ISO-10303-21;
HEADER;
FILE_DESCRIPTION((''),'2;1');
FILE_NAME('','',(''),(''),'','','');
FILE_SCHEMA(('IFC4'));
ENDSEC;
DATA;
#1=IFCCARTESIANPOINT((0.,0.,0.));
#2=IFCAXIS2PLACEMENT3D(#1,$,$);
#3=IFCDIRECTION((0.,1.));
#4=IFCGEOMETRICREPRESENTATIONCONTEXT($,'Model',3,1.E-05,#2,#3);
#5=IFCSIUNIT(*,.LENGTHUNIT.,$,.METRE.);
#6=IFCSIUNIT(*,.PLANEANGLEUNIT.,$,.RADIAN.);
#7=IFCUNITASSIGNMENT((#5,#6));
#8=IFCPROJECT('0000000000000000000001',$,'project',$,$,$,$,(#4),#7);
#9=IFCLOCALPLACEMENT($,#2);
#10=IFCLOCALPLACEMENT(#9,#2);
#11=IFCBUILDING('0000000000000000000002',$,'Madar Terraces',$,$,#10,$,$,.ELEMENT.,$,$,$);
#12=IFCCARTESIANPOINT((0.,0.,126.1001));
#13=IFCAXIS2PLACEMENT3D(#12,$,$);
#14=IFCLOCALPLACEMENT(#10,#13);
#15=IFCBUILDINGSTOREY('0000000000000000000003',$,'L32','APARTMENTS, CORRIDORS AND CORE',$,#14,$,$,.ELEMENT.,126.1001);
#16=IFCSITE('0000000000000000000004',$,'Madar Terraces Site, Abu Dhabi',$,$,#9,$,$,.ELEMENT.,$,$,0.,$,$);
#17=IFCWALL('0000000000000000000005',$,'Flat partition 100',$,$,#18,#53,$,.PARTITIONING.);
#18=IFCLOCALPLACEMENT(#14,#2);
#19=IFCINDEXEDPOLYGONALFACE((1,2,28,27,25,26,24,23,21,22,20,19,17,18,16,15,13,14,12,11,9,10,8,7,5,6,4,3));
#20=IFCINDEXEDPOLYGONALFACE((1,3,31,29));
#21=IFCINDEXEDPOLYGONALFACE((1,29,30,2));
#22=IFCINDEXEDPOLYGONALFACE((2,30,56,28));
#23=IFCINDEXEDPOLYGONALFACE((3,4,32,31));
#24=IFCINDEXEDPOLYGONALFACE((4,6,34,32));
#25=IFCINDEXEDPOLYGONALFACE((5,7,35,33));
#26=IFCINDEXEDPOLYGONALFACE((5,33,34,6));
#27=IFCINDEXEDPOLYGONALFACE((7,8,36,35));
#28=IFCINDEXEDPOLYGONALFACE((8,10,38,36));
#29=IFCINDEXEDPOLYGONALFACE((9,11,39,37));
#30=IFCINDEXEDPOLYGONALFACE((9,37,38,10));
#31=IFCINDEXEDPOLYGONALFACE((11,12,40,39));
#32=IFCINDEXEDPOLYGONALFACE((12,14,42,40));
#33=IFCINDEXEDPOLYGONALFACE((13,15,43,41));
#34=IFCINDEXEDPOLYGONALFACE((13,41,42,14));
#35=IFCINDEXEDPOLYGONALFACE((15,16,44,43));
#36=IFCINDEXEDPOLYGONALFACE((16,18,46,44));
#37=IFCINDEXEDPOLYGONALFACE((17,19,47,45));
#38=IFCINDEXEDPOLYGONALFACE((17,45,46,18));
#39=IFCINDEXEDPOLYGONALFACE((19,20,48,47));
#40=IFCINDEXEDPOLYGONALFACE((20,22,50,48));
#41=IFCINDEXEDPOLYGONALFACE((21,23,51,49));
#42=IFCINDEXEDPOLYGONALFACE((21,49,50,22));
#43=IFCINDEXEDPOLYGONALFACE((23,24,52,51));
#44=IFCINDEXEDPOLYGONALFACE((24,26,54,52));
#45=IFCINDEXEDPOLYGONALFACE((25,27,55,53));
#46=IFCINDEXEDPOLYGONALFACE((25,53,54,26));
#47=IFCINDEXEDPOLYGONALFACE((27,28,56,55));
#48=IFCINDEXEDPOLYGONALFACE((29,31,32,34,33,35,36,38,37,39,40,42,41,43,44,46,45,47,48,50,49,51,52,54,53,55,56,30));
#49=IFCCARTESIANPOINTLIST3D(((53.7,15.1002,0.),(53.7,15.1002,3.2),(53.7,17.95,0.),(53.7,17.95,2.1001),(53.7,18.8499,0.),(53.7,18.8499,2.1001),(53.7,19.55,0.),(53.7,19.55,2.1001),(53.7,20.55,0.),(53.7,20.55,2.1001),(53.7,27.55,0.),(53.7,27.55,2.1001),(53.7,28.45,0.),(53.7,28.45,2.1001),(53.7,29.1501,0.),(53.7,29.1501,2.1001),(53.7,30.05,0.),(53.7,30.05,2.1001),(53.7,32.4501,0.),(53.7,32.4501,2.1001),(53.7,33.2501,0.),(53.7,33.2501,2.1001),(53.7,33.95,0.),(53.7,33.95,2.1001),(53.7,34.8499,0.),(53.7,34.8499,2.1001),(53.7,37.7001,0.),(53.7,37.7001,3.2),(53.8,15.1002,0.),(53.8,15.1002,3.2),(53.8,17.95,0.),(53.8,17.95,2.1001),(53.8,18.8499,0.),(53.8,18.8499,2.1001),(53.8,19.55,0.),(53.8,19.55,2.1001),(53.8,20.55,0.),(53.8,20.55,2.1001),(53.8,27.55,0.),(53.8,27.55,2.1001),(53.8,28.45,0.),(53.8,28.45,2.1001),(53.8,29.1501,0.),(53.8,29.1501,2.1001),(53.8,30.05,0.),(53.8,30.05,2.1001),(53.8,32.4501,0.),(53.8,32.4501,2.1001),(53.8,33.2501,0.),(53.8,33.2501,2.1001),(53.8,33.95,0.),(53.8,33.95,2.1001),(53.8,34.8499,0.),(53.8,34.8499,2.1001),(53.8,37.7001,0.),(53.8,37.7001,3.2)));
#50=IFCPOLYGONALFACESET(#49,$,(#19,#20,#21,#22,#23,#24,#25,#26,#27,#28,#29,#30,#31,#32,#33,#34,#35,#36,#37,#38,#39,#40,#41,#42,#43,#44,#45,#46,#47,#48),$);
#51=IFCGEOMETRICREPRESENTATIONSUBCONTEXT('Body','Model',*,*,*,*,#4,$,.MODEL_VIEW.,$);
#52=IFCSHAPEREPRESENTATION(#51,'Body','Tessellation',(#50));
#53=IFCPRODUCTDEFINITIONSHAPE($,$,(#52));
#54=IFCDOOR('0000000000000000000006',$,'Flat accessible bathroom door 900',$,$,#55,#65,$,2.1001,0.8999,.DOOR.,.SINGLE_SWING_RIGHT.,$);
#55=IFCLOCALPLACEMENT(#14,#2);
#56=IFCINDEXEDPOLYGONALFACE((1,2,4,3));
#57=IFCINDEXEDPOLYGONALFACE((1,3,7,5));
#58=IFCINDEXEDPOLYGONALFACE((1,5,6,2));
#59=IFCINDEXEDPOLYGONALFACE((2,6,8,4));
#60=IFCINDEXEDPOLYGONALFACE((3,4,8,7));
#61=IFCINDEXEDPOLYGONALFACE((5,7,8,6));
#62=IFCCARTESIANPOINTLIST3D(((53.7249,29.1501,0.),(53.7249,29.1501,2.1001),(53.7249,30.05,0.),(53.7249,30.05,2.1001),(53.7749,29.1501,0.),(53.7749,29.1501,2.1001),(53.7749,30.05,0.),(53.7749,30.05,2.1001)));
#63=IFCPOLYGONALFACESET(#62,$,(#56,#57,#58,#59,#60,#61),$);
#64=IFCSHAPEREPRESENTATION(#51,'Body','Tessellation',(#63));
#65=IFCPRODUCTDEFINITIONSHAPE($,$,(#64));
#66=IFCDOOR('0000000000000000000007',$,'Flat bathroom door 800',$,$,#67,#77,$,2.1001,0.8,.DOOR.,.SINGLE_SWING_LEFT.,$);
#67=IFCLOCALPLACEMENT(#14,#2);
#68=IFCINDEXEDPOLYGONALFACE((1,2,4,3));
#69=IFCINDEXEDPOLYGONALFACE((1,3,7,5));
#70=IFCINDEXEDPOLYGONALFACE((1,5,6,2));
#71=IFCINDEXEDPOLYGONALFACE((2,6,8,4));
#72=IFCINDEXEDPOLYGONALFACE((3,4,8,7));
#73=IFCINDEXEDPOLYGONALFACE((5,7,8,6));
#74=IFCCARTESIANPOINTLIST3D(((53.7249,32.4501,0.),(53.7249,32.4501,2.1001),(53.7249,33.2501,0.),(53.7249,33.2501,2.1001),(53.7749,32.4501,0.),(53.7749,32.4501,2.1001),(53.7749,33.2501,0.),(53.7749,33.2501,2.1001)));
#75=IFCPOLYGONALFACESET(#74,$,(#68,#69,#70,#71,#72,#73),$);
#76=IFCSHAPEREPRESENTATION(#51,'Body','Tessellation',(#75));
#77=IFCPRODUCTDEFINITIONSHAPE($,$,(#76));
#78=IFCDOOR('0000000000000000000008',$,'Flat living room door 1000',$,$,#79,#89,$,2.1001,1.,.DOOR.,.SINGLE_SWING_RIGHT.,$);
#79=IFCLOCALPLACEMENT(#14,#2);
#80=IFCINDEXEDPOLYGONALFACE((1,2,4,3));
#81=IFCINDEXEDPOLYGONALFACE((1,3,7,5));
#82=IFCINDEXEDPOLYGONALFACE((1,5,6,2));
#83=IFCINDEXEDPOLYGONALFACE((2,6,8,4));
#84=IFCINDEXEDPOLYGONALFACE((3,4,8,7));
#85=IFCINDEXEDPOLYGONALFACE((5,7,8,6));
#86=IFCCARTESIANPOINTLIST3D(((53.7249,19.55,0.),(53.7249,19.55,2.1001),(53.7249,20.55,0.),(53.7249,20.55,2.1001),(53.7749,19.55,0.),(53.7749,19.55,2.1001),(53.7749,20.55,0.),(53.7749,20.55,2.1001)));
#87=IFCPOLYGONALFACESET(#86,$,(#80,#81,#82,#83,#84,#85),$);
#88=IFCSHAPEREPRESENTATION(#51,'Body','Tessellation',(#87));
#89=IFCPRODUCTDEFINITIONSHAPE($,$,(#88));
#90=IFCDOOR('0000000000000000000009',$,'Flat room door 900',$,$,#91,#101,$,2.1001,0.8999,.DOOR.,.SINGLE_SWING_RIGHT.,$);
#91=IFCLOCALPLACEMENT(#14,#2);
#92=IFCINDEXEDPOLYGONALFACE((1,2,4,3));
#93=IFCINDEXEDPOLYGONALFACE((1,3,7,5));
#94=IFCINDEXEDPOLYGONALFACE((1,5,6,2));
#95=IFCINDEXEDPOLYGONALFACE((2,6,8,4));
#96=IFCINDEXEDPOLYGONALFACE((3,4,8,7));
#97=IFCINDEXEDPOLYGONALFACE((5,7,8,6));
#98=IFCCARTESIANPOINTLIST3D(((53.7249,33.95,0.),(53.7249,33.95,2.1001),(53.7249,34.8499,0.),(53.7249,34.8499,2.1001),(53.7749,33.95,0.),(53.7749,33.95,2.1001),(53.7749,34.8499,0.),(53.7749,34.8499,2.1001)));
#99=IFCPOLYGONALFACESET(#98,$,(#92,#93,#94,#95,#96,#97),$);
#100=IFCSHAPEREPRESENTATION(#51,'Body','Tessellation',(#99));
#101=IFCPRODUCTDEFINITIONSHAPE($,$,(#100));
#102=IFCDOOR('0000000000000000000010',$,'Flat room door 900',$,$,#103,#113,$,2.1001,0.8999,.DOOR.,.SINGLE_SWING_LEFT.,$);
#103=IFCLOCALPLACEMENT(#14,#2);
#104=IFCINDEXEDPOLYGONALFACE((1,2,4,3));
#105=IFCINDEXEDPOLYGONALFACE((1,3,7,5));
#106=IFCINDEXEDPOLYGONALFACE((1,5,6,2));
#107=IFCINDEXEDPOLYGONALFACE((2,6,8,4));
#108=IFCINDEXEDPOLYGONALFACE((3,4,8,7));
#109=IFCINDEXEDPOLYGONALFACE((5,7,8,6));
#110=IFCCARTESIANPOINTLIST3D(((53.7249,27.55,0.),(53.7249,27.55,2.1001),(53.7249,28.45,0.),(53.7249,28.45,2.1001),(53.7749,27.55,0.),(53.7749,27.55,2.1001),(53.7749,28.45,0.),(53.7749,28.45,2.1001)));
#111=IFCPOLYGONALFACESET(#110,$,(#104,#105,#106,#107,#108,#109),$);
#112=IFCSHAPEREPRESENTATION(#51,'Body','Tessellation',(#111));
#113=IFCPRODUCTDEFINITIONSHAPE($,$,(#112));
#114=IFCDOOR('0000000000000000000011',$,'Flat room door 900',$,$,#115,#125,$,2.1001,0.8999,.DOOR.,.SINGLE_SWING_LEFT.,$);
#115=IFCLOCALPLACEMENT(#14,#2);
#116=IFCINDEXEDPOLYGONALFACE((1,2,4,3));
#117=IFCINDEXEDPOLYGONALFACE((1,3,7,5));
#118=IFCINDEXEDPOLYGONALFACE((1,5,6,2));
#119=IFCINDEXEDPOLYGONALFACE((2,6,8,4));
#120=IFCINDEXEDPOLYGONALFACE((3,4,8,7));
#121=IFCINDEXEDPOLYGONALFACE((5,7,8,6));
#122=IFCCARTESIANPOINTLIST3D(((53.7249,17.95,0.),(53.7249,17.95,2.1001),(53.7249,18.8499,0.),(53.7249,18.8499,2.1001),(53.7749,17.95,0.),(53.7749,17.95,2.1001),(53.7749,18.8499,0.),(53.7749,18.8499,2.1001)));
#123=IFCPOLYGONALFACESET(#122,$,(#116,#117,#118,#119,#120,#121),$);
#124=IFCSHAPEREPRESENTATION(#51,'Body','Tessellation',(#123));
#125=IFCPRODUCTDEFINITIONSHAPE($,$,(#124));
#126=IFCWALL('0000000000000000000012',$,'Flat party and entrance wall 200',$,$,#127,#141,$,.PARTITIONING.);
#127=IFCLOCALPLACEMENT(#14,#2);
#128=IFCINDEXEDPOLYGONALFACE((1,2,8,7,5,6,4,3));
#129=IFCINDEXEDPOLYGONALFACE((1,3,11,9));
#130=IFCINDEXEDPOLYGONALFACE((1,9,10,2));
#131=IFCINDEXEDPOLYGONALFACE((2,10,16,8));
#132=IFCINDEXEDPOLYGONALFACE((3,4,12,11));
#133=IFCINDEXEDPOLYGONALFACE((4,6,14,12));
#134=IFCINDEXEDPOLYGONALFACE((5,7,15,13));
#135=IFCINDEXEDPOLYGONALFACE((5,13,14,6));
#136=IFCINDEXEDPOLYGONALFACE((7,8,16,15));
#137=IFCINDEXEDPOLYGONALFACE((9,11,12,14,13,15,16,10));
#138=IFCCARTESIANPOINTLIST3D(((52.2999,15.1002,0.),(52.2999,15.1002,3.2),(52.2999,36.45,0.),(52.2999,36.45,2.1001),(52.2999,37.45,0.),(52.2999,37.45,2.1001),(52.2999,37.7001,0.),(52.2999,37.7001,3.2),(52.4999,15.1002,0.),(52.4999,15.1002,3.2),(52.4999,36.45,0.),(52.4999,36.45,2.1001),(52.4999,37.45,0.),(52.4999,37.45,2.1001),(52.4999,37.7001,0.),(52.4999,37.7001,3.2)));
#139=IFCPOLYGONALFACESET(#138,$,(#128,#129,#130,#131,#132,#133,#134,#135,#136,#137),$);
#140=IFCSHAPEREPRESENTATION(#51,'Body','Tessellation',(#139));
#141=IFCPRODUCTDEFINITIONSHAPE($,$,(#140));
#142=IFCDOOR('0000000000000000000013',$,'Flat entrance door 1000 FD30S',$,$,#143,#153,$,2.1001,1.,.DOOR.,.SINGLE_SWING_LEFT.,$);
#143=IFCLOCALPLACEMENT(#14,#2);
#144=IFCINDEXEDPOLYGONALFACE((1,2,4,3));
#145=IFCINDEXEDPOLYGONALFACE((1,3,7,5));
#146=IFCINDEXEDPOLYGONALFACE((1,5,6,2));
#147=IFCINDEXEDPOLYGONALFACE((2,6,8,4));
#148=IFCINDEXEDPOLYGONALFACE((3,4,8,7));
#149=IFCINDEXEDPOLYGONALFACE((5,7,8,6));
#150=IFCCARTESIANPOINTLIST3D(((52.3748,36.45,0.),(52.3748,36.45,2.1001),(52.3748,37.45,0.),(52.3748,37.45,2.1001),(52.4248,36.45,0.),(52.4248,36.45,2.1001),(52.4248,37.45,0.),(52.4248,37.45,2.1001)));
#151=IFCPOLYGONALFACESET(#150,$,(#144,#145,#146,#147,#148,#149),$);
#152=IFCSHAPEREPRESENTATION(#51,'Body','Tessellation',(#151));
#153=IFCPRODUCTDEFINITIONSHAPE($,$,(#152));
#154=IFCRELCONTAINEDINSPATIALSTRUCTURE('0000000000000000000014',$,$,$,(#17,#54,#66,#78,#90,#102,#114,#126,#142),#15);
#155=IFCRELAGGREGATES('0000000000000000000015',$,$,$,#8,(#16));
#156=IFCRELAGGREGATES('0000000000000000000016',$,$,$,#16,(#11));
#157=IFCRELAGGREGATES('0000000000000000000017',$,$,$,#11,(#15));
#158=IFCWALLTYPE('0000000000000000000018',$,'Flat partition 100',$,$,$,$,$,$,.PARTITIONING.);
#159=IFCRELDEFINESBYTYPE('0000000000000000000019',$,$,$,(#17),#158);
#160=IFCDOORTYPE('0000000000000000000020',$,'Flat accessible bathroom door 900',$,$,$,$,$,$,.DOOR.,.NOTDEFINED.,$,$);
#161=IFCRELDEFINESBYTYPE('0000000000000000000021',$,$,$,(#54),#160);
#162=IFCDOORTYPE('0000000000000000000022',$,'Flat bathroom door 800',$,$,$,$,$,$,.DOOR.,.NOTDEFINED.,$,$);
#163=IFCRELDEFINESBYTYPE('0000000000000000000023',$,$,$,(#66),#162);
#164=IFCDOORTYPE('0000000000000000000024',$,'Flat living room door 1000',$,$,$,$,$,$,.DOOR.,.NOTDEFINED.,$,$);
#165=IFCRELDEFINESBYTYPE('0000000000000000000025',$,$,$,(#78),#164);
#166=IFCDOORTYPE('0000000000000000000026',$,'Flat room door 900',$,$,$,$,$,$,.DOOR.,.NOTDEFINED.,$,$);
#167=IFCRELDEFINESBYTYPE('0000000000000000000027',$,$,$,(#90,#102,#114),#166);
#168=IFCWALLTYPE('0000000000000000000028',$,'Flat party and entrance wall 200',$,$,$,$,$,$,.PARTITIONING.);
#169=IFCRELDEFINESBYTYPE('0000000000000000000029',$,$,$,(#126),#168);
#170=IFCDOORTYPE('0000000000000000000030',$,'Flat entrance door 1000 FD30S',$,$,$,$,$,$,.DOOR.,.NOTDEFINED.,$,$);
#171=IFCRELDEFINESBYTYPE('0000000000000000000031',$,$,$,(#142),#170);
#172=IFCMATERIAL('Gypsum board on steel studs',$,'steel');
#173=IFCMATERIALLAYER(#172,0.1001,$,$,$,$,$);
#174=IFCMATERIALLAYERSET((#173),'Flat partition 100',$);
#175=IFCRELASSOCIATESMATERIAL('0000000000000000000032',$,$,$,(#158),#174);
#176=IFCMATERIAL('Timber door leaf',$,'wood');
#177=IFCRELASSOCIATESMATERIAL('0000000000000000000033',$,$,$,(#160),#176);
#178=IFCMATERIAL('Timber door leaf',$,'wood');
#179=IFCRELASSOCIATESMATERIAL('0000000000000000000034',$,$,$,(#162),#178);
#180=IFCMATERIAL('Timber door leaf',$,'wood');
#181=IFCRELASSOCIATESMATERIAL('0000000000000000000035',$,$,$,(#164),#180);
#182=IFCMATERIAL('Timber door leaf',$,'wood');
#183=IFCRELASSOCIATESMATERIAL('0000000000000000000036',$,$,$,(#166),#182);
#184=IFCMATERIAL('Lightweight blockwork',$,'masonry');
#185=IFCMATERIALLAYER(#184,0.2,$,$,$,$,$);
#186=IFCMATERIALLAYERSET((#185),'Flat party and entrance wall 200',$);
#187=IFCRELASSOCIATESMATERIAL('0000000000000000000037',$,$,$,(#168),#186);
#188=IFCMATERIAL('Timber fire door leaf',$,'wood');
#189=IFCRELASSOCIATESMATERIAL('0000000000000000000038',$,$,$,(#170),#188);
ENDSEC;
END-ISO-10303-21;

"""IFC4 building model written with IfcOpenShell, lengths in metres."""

from ifc_helpers import new_model, si_unit, direction, frame, frame_2d, origin, place, context, subcontext, project, spatial, rectangle, extrude, material, layer, layer_set, type_object, element, fill, save


model = new_model("IFC4")

# Units and contexts
model_context = context("Model", 3, precision=1e-05, world=origin(), true_north=direction((0.0, 1.0)))
body_context = subcontext(model_context, "Body", "Model", "MODEL_VIEW")
ifc_project = project(units=[si_unit("LENGTHUNIT", "METRE"), si_unit("PLANEANGLEUNIT", "RADIAN")], contexts=[model_context])

# Site, building, storey
site_placement = place(None, origin())
site = spatial("IfcSite", under=ifc_project, at=site_placement, Name="Madar Terraces Site, Abu Dhabi", CompositionType="ELEMENT", RefElevation=0.0)
building_placement = place(site_placement, origin())
building = spatial("IfcBuilding", under=site, at=building_placement, Name="Madar Terraces", CompositionType="ELEMENT")
storey_placement = place(building_placement, frame((0.0, 0.0, 126.1001)))
storey = spatial("IfcBuildingStorey", under=building, at=storey_placement, Name="L32", Description="APARTMENTS, CORRIDORS AND CORE", CompositionType="ELEMENT", Elevation=126.1001)

# Wall, openings, doors
ifc_material_1 = material(Name="Gypsum board on steel studs", Category="steel")
ifc_layer_1 = layer(ifc_material_1, 0.1001)
ifc_layer_set_1 = layer_set([ifc_layer_1], Name="Flat partition 100")
wall_type_1 = type_object("IfcWallType", Name="Flat partition 100", PredefinedType="PARTITIONING", material=ifc_layer_set_1)
wall_1_placement = place(storey_placement, frame((53.75, 37.7, 0.0), z_axis=(0.0, 0.0, 1.0), x_axis=(0.0, -1.0, 0.0)))
wall_1 = element("IfcWall", 1, at=wall_1_placement, inside=storey, type_object=wall_type_1, Name="Flat partition 100", PredefinedType="PARTITIONING", context=body_context, shape_type="SweptSolid", body=[
    extrude(rectangle(XDim=22.5999, YDim=0.1001, at=frame_2d((11.2998, 0.0))), origin(), (0.0, 0.0, 1.0), 3.2),
])
opening_1_placement = place(wall_1_placement, frame((2.8501, 0.0, 0.0)))
opening_1 = element("IfcOpeningElement", 2, at=opening_1_placement, cuts=wall_1, PredefinedType="OPENING", context=body_context, shape_type="SweptSolid", body=[
    extrude(rectangle(XDim=0.8999, YDim=2.1001, at=frame_2d((0.45, 1.05))), frame((0.0, 0.0601, 0.0), z_axis=(0.0, -1.0, 0.0), x_axis=(1.0, 0.0, 0.0)), (0.0, 0.0, 1.0), 0.1201),
])
opening_2_placement = place(wall_1_placement, frame((4.45, 0.0, 0.0)))
opening_2 = element("IfcOpeningElement", 3, at=opening_2_placement, cuts=wall_1, PredefinedType="OPENING", context=body_context, shape_type="SweptSolid", body=[
    extrude(rectangle(XDim=0.8, YDim=2.1001, at=frame_2d((0.3999, 1.05))), frame((0.0, 0.0601, 0.0), z_axis=(0.0, -1.0, 0.0), x_axis=(1.0, 0.0, 0.0)), (0.0, 0.0, 1.0), 0.1201),
])
opening_3_placement = place(wall_1_placement, frame((7.6499, 0.0, 0.0)))
opening_3 = element("IfcOpeningElement", 4, at=opening_3_placement, cuts=wall_1, PredefinedType="OPENING", context=body_context, shape_type="SweptSolid", body=[
    extrude(rectangle(XDim=0.8999, YDim=2.1001, at=frame_2d((0.45, 1.05))), frame((0.0, 0.0601, 0.0), z_axis=(0.0, -1.0, 0.0), x_axis=(1.0, 0.0, 0.0)), (0.0, 0.0, 1.0), 0.1201),
])
opening_4_placement = place(wall_1_placement, frame((9.25, 0.0, 0.0)))
opening_4 = element("IfcOpeningElement", 5, at=opening_4_placement, cuts=wall_1, PredefinedType="OPENING", context=body_context, shape_type="SweptSolid", body=[
    extrude(rectangle(XDim=0.8999, YDim=2.1001, at=frame_2d((0.45, 1.05))), frame((0.0, 0.0601, 0.0), z_axis=(0.0, -1.0, 0.0), x_axis=(1.0, 0.0, 0.0)), (0.0, 0.0, 1.0), 0.1201),
])
opening_5_placement = place(wall_1_placement, frame((17.1499, 0.0, 0.0)))
opening_5 = element("IfcOpeningElement", 6, at=opening_5_placement, cuts=wall_1, PredefinedType="OPENING", context=body_context, shape_type="SweptSolid", body=[
    extrude(rectangle(XDim=1.0, YDim=2.1001, at=frame_2d((0.5, 1.05))), frame((0.0, 0.0601, 0.0), z_axis=(0.0, -1.0, 0.0), x_axis=(1.0, 0.0, 0.0)), (0.0, 0.0, 1.0), 0.1201),
])
opening_6_placement = place(wall_1_placement, frame((18.8501, 0.0, 0.0)))
opening_6 = element("IfcOpeningElement", 7, at=opening_6_placement, cuts=wall_1, PredefinedType="OPENING", context=body_context, shape_type="SweptSolid", body=[
    extrude(rectangle(XDim=0.8999, YDim=2.1001, at=frame_2d((0.45, 1.05))), frame((0.0, 0.0601, 0.0), z_axis=(0.0, -1.0, 0.0), x_axis=(1.0, 0.0, 0.0)), (0.0, 0.0, 1.0), 0.1201),
])
ifc_material_2 = material(Name="Timber door leaf", Category="wood")
door_type_1 = type_object("IfcDoorType", Name="Flat accessible bathroom door 900", OperationType="NOTDEFINED", PredefinedType="DOOR", material=ifc_material_2)
door_1_placement = place(opening_3_placement, origin())
door_1 = element("IfcDoor", 8, at=door_1_placement, inside=storey, type_object=door_type_1, Name="Flat accessible bathroom door 900", OperationType="SINGLE_SWING_RIGHT", OverallHeight=2.1001, OverallWidth=0.8999, PredefinedType="DOOR", context=body_context, shape_type="SweptSolid", body=[
    extrude(rectangle(XDim=0.8999, YDim=2.1001, at=frame_2d((0.45, 1.05))), frame((0.0, 0.0249, 0.0), z_axis=(0.0, -1.0, 0.0), x_axis=(1.0, 0.0, 0.0)), (0.0, 0.0, 1.0), 0.05),
])
fill(opening_3, door_1)
ifc_material_3 = material(Name="Timber door leaf", Category="wood")
door_type_2 = type_object("IfcDoorType", Name="Flat bathroom door 800", OperationType="NOTDEFINED", PredefinedType="DOOR", material=ifc_material_3)
door_2_placement = place(opening_2_placement, origin())
door_2 = element("IfcDoor", 9, at=door_2_placement, inside=storey, type_object=door_type_2, Name="Flat bathroom door 800", OperationType="SINGLE_SWING_LEFT", OverallHeight=2.1001, OverallWidth=0.8, PredefinedType="DOOR", context=body_context, shape_type="SweptSolid", body=[
    extrude(rectangle(XDim=0.8, YDim=2.1001, at=frame_2d((0.3999, 1.05))), frame((0.0, 0.0249, 0.0), z_axis=(0.0, -1.0, 0.0), x_axis=(1.0, 0.0, 0.0)), (0.0, 0.0, 1.0), 0.05),
])
fill(opening_2, door_2)
ifc_material_4 = material(Name="Timber door leaf", Category="wood")
door_type_3 = type_object("IfcDoorType", Name="Flat living room door 1000", OperationType="NOTDEFINED", PredefinedType="DOOR", material=ifc_material_4)
door_3_placement = place(opening_5_placement, origin())
door_3 = element("IfcDoor", 10, at=door_3_placement, inside=storey, type_object=door_type_3, Name="Flat living room door 1000", OperationType="SINGLE_SWING_RIGHT", OverallHeight=2.1001, OverallWidth=1.0, PredefinedType="DOOR", context=body_context, shape_type="SweptSolid", body=[
    extrude(rectangle(XDim=1.0, YDim=2.1001, at=frame_2d((0.5, 1.05))), frame((0.0, 0.0249, 0.0), z_axis=(0.0, -1.0, 0.0), x_axis=(1.0, 0.0, 0.0)), (0.0, 0.0, 1.0), 0.05),
])
fill(opening_5, door_3)
ifc_material_5 = material(Name="Timber door leaf", Category="wood")
door_type_4 = type_object("IfcDoorType", Name="Flat room door 900", OperationType="NOTDEFINED", PredefinedType="DOOR", material=ifc_material_5)
door_4_placement = place(opening_1_placement, origin())
door_4 = element("IfcDoor", 11, at=door_4_placement, inside=storey, type_object=door_type_4, Name="Flat room door 900", OperationType="SINGLE_SWING_RIGHT", OverallHeight=2.1001, OverallWidth=0.8999, PredefinedType="DOOR", context=body_context, shape_type="SweptSolid", body=[
    extrude(rectangle(XDim=0.8999, YDim=2.1001, at=frame_2d((0.45, 1.05))), frame((0.0, 0.0249, 0.0), z_axis=(0.0, -1.0, 0.0), x_axis=(1.0, 0.0, 0.0)), (0.0, 0.0, 1.0), 0.05),
])
fill(opening_1, door_4)
door_5_placement = place(opening_4_placement, origin())
door_5 = element("IfcDoor", 12, at=door_5_placement, inside=storey, type_object=door_type_4, Name="Flat room door 900", OperationType="SINGLE_SWING_LEFT", OverallHeight=2.1001, OverallWidth=0.8999, PredefinedType="DOOR", context=body_context, shape_type="SweptSolid", body=[
    extrude(rectangle(XDim=0.8999, YDim=2.1001, at=frame_2d((0.45, 1.05))), frame((0.0, 0.0249, 0.0), z_axis=(0.0, -1.0, 0.0), x_axis=(1.0, 0.0, 0.0)), (0.0, 0.0, 1.0), 0.05),
])
fill(opening_4, door_5)
door_6_placement = place(opening_6_placement, origin())
door_6 = element("IfcDoor", 13, at=door_6_placement, inside=storey, type_object=door_type_4, Name="Flat room door 900", OperationType="SINGLE_SWING_LEFT", OverallHeight=2.1001, OverallWidth=0.8999, PredefinedType="DOOR", context=body_context, shape_type="SweptSolid", body=[
    extrude(rectangle(XDim=0.8999, YDim=2.1001, at=frame_2d((0.45, 1.05))), frame((0.0, 0.0249, 0.0), z_axis=(0.0, -1.0, 0.0), x_axis=(1.0, 0.0, 0.0)), (0.0, 0.0, 1.0), 0.05),
])
fill(opening_6, door_6)

# Wall, opening, door
ifc_material_6 = material(Name="Lightweight blockwork", Category="masonry")
ifc_layer_2 = layer(ifc_material_6, 0.2)
ifc_layer_set_2 = layer_set([ifc_layer_2], Name="Flat party and entrance wall 200")
wall_type_2 = type_object("IfcWallType", Name="Flat party and entrance wall 200", PredefinedType="PARTITIONING", material=ifc_layer_set_2)
wall_2_placement = place(storey_placement, frame((52.3999, 37.7, 0.0), z_axis=(0.0, 0.0, 1.0), x_axis=(0.0, -1.0, 0.0)))
wall_2 = element("IfcWall", 14, at=wall_2_placement, inside=storey, type_object=wall_type_2, Name="Flat party and entrance wall 200", PredefinedType="PARTITIONING", context=body_context, shape_type="SweptSolid", body=[
    extrude(rectangle(XDim=22.5999, YDim=0.2, at=frame_2d((11.2998, 0.0))), origin(), (0.0, 0.0, 1.0), 3.2),
])
opening_7_placement = place(wall_2_placement, frame((0.25, 0.0, 0.0)))
opening_7 = element("IfcOpeningElement", 15, at=opening_7_placement, cuts=wall_2, PredefinedType="OPENING", context=body_context, shape_type="SweptSolid", body=[
    extrude(rectangle(XDim=1.0, YDim=2.1001, at=frame_2d((0.5, 1.05))), frame((0.0, 0.1099, 0.0), z_axis=(0.0, -1.0, 0.0), x_axis=(1.0, 0.0, 0.0)), (0.0, 0.0, 1.0), 0.22),
])
ifc_material_7 = material(Name="Timber fire door leaf", Category="wood")
door_type_5 = type_object("IfcDoorType", Name="Flat entrance door 1000 FD30S", OperationType="NOTDEFINED", PredefinedType="DOOR", material=ifc_material_7)
door_7_placement = place(opening_7_placement, origin())
door_7 = element("IfcDoor", 16, at=door_7_placement, inside=storey, type_object=door_type_5, Name="Flat entrance door 1000 FD30S", OperationType="SINGLE_SWING_LEFT", OverallHeight=2.1001, OverallWidth=1.0, PredefinedType="DOOR", context=body_context, shape_type="SweptSolid", body=[
    extrude(rectangle(XDim=1.0, YDim=2.1001, at=frame_2d((0.5, 1.05))), frame((0.0, 0.0249, 0.0), z_axis=(0.0, -1.0, 0.0), x_axis=(1.0, 0.0, 0.0)), (0.0, 0.0, 1.0), 0.05),
])
fill(opening_7, door_7)

save(model, "model.ifc")
